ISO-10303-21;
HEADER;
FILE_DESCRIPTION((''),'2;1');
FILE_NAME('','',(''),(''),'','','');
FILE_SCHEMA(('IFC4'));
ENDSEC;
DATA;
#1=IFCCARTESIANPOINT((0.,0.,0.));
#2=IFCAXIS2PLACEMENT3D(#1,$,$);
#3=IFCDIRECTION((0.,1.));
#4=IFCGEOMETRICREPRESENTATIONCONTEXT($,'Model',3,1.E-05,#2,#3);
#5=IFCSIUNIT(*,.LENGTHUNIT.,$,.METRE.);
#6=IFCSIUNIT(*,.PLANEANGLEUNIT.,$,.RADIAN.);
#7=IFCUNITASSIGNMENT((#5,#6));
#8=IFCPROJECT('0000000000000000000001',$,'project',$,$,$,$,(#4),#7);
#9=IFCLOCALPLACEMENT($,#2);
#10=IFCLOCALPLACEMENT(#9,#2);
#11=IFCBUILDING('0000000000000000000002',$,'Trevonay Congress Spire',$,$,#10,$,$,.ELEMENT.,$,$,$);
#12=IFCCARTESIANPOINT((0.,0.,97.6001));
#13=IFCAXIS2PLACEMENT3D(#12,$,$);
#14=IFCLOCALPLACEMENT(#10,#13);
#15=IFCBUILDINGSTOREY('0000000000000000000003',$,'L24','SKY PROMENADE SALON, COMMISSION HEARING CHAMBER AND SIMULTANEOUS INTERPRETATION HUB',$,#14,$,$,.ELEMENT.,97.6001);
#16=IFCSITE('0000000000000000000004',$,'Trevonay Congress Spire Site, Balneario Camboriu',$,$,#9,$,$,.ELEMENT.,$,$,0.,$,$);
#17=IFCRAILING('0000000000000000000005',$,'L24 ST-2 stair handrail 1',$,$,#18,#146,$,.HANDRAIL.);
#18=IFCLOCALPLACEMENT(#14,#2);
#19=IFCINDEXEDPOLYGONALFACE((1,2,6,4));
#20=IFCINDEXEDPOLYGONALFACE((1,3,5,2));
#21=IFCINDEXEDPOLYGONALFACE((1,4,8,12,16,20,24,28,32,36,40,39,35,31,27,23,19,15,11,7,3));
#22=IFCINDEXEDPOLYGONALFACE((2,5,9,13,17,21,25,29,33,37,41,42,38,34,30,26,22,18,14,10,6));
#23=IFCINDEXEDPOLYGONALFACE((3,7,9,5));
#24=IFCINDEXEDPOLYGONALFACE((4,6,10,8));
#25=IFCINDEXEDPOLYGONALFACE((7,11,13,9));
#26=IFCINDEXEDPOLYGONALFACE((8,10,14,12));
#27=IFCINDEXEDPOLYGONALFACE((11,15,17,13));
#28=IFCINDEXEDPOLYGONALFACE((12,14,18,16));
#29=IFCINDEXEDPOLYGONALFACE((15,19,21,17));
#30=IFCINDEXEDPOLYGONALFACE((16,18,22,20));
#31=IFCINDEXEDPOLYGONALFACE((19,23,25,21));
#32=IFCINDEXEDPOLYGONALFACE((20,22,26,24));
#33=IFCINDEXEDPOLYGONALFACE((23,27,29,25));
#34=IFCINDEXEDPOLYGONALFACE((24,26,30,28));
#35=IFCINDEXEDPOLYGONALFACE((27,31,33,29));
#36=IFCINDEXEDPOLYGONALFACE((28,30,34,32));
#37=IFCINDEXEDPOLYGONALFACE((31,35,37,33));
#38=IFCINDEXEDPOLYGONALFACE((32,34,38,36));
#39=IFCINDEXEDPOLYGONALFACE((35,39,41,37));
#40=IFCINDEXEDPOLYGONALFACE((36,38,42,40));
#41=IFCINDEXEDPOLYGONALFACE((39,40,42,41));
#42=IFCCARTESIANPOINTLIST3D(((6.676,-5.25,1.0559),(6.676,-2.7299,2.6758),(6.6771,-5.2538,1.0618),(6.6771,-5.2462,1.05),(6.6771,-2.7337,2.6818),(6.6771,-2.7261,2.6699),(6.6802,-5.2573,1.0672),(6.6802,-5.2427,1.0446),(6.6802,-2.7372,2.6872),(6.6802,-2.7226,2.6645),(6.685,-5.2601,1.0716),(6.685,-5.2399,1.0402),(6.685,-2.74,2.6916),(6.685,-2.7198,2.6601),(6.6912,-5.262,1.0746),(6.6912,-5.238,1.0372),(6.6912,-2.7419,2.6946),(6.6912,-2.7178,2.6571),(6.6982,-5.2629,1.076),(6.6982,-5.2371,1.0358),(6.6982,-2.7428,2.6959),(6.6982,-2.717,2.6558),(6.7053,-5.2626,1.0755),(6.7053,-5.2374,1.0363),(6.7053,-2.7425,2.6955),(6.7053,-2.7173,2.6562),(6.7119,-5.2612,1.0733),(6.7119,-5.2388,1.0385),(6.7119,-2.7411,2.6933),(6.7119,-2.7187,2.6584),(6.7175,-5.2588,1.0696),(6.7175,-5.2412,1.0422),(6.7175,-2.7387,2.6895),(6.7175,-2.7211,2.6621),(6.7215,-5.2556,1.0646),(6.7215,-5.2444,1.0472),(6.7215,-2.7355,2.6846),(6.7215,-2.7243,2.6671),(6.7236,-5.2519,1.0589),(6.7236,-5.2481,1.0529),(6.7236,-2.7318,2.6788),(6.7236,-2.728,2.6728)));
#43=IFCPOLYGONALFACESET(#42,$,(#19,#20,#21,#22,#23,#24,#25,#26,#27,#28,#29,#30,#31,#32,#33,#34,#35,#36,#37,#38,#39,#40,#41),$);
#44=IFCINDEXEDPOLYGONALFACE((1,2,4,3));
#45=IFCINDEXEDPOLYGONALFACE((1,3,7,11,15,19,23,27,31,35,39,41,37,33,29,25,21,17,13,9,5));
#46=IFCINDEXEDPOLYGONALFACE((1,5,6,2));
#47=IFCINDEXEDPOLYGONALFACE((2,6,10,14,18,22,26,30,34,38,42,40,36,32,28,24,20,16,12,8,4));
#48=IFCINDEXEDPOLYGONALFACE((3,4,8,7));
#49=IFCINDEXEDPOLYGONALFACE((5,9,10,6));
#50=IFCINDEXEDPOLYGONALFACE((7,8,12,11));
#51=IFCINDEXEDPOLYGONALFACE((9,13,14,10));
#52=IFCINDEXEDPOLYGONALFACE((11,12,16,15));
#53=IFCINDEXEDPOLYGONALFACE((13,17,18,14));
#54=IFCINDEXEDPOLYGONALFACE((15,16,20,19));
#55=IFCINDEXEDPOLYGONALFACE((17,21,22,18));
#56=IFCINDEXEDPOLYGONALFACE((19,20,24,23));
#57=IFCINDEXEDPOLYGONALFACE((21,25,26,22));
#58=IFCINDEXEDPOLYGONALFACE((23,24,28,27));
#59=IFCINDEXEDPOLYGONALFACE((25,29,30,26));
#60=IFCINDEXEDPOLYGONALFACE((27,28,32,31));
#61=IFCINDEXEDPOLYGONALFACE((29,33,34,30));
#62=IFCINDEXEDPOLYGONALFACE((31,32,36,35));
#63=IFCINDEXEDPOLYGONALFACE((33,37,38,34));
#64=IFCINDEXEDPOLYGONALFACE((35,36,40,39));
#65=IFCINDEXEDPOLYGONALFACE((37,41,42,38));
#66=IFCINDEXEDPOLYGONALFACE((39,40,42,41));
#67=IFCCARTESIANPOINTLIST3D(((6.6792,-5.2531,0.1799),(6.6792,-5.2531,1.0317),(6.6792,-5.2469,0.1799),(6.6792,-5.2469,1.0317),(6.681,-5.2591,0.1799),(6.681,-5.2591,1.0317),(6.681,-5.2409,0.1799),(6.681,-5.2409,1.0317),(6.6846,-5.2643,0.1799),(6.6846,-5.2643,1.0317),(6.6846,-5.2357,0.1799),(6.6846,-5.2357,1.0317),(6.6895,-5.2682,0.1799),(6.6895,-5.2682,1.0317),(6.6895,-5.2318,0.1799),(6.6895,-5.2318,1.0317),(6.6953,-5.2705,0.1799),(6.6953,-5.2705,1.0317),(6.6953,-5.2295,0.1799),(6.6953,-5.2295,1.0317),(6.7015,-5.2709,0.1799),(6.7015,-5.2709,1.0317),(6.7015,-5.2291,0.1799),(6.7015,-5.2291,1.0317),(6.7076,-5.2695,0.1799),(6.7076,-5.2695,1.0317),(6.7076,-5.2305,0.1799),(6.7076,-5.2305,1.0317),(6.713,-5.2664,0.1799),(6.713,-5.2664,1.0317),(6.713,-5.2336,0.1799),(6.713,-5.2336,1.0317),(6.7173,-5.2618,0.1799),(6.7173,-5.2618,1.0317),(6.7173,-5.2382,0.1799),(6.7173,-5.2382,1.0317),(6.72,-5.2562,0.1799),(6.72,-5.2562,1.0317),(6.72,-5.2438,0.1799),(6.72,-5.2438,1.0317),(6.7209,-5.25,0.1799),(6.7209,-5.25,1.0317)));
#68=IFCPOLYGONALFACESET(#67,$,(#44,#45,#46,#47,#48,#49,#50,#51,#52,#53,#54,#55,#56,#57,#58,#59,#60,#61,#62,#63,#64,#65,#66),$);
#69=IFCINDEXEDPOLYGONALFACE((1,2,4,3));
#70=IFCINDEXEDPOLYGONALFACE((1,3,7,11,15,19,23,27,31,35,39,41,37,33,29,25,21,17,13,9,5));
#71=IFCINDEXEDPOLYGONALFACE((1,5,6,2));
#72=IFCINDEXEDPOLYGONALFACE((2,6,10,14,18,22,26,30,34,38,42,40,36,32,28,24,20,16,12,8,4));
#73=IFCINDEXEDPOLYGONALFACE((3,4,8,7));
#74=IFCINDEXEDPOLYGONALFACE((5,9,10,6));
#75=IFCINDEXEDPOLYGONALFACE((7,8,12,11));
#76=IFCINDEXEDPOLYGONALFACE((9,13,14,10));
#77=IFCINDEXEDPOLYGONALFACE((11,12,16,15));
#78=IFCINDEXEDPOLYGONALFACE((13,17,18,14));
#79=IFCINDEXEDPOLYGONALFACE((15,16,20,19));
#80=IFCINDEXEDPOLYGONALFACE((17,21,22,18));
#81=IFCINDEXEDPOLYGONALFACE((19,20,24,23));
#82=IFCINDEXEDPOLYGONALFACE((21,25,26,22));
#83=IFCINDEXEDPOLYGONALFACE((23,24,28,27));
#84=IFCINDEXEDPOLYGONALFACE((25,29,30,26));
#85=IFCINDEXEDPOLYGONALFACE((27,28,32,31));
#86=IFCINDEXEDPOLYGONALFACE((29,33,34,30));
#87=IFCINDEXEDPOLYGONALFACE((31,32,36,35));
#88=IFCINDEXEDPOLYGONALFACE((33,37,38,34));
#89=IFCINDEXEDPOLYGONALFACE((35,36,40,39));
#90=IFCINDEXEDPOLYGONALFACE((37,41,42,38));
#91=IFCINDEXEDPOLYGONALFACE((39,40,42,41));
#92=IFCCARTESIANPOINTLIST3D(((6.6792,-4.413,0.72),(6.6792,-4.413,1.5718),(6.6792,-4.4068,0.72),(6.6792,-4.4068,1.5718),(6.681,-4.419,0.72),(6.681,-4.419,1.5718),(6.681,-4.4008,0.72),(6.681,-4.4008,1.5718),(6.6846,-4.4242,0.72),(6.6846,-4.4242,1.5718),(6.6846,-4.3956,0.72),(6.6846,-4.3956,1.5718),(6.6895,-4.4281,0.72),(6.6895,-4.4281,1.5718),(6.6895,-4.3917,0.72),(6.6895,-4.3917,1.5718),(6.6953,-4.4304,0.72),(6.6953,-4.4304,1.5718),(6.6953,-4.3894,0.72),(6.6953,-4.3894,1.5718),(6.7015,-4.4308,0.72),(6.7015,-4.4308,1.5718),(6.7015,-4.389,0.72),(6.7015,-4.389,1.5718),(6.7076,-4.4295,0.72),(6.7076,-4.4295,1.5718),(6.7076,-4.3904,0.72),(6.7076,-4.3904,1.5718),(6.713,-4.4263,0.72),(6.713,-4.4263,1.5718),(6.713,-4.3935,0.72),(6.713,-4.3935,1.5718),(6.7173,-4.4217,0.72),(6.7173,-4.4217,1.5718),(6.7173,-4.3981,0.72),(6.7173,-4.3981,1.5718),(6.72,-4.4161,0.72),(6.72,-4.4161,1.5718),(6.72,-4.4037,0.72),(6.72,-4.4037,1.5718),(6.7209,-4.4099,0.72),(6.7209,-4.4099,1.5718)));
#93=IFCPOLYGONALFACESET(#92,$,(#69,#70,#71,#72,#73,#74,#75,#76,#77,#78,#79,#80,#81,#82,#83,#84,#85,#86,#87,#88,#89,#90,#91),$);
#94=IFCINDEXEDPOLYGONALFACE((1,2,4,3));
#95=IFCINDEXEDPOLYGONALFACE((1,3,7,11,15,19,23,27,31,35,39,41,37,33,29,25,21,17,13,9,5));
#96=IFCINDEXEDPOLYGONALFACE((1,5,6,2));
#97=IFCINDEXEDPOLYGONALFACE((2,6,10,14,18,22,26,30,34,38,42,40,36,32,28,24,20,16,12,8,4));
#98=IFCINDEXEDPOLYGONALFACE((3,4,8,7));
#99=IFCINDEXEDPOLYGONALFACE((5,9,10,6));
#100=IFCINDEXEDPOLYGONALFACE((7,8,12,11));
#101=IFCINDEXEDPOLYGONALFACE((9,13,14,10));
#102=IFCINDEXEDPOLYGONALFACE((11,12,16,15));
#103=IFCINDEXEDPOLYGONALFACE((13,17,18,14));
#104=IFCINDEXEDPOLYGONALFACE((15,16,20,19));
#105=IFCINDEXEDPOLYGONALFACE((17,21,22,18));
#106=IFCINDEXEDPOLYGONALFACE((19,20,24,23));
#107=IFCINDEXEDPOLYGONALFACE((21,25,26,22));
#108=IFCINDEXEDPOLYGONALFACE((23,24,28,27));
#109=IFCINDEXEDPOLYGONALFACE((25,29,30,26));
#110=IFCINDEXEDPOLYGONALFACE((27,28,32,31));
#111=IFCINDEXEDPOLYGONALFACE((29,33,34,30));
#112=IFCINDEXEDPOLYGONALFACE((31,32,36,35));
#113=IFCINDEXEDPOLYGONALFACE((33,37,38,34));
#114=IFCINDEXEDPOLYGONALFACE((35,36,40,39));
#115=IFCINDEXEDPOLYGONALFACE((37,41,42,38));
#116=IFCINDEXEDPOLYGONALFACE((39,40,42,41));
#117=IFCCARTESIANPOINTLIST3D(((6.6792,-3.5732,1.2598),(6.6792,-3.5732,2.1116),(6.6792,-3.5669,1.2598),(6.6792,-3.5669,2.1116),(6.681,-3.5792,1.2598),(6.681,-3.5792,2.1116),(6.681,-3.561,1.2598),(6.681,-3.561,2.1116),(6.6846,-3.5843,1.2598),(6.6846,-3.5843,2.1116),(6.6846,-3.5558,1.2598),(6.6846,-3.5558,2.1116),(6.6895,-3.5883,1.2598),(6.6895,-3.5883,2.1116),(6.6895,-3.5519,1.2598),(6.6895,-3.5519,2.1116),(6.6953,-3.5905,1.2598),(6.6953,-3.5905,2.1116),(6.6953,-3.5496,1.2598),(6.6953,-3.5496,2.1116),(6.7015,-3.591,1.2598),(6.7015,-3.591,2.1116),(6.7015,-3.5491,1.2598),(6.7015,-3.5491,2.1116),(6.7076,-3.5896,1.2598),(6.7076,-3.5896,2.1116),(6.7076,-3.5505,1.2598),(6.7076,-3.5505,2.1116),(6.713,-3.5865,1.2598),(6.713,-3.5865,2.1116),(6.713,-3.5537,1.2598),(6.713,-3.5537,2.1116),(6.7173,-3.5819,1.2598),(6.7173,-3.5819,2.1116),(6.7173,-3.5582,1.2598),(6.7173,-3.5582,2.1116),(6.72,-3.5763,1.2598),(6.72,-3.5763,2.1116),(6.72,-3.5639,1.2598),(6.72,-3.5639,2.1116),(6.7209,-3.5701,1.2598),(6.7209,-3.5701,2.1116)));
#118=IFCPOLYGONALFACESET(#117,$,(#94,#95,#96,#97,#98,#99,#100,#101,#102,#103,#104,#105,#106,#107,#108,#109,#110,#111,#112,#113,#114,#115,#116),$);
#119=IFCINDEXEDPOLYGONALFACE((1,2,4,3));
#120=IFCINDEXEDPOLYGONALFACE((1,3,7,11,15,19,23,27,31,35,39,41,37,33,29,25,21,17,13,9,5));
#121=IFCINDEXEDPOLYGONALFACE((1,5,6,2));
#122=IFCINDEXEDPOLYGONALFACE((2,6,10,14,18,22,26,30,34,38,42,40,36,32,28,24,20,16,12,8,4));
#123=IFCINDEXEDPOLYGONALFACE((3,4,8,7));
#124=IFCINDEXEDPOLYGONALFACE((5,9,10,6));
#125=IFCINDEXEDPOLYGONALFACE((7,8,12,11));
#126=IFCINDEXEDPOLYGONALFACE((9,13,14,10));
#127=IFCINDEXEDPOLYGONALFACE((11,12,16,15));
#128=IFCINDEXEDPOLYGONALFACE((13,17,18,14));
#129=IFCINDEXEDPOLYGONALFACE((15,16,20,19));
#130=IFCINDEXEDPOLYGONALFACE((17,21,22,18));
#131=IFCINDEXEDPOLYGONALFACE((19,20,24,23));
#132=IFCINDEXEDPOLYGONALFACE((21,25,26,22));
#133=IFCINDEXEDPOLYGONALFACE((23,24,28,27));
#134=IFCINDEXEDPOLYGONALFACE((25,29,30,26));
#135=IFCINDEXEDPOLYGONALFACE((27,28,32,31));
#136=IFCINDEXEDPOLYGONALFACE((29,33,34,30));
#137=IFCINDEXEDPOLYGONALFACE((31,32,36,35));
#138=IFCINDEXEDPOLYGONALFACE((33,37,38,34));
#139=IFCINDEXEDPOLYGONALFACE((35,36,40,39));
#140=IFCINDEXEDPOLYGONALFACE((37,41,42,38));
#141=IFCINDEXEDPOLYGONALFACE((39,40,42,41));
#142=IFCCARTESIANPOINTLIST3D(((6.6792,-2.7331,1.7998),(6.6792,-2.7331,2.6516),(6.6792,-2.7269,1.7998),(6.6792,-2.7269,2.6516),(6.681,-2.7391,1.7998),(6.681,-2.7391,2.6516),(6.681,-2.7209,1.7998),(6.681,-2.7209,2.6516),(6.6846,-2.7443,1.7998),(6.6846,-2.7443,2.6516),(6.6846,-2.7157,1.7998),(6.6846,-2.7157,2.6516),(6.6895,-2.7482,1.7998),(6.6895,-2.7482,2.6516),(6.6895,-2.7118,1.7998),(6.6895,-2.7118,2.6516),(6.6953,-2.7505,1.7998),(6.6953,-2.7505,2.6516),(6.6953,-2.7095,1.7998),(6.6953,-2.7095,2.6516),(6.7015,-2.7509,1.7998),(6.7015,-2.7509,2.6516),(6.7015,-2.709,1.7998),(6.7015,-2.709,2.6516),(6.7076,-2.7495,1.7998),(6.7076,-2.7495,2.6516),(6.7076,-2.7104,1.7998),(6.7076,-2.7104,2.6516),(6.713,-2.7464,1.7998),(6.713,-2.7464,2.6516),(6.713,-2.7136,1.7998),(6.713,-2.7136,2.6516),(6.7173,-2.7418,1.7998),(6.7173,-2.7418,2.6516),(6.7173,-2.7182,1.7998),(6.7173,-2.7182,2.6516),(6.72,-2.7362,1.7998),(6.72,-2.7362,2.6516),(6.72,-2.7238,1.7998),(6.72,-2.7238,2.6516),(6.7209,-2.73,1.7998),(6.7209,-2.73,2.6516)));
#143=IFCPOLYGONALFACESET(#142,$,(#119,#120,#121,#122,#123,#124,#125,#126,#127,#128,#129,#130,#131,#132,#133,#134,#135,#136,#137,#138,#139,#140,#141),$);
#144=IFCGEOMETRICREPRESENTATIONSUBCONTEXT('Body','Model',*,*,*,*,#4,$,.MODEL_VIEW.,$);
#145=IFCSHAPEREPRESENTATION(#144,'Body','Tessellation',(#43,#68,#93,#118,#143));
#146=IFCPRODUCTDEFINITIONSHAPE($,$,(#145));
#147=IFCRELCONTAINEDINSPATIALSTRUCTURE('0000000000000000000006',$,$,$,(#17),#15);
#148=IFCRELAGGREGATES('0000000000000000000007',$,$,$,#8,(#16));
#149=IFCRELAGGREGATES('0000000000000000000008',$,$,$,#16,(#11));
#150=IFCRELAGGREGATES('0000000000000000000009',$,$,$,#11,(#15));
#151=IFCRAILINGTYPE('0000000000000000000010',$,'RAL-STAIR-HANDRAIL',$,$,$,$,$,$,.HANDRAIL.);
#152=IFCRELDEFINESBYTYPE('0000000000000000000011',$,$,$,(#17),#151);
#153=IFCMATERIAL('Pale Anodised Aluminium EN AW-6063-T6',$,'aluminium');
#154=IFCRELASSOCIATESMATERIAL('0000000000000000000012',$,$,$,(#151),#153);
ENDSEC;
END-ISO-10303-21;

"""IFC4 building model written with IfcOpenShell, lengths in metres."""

from ifc_helpers import new_model, si_unit, direction, frame, origin, origin_2d, place, context, subcontext, project, spatial, circle, extrude, material, type_object, element, save


model = new_model("IFC4")

# Units and contexts
model_context = context("Model", 3, precision=1e-05, world=origin(), true_north=direction((0.0, 1.0)))
body_context = subcontext(model_context, "Body", "Model", "MODEL_VIEW")
ifc_project = project(units=[si_unit("LENGTHUNIT", "METRE"), si_unit("PLANEANGLEUNIT", "RADIAN")], contexts=[model_context])

# Site, building, storey
site_placement = place(None, origin())
site = spatial("IfcSite", under=ifc_project, at=site_placement, Name="Trevonay Congress Spire Site, Balneario Camboriu", CompositionType="ELEMENT", RefElevation=0.0)
building_placement = place(site_placement, origin())
building = spatial("IfcBuilding", under=site, at=building_placement, Name="Trevonay Congress Spire", CompositionType="ELEMENT")
storey_placement = place(building_placement, frame((0.0, 0.0, 97.6001)))
storey = spatial("IfcBuildingStorey", under=building, at=storey_placement, Name="L24", Description="SKY PROMENADE SALON, COMMISSION HEARING CHAMBER AND SIMULTANEOUS INTERPRETATION HUB", CompositionType="ELEMENT", Elevation=97.6001)

# Railing
ifc_material_1 = material(Name="Pale Anodised Aluminium EN AW-6063-T6", Category="aluminium")
railing_type_1 = type_object("IfcRailingType", Name="RAL-STAIR-HANDRAIL", PredefinedType="HANDRAIL", material=ifc_material_1)
railing_1_placement = place(storey_placement, frame((6.7, -5.25, 0.1799)))
element("IfcRailing", 1, at=railing_1_placement, inside=storey, type_object=railing_type_1, Name="L24 ST-2 stair handrail 1", PredefinedType="HANDRAIL", context=body_context, shape_type="SweptSolid", body=[
    extrude(circle(Radius=0.0239, at=origin_2d()), frame((0.0, 0.0, 0.876), z_axis=(0.0, 0.8412, 0.540725), x_axis=(-1.0, 0.0, 0.0)), (0.0, 0.0, 1.0), 2.9958),
    extrude(circle(Radius=0.021, at=origin_2d()), origin(), (0.0, 0.0, 1.0), 0.8518),
    extrude(circle(Radius=0.021, at=origin_2d()), frame((0.0, 0.8401, 0.54)), (0.0, 0.0, 1.0), 0.8518),
    extrude(circle(Radius=0.021, at=origin_2d()), frame((0.0, 1.6799, 1.0798)), (0.0, 0.0, 1.0), 0.8518),
    extrude(circle(Radius=0.021, at=origin_2d()), frame((0.0, 2.52, 1.6199)), (0.0, 0.0, 1.0), 0.8518),
])

save(model, "model.ifc")
